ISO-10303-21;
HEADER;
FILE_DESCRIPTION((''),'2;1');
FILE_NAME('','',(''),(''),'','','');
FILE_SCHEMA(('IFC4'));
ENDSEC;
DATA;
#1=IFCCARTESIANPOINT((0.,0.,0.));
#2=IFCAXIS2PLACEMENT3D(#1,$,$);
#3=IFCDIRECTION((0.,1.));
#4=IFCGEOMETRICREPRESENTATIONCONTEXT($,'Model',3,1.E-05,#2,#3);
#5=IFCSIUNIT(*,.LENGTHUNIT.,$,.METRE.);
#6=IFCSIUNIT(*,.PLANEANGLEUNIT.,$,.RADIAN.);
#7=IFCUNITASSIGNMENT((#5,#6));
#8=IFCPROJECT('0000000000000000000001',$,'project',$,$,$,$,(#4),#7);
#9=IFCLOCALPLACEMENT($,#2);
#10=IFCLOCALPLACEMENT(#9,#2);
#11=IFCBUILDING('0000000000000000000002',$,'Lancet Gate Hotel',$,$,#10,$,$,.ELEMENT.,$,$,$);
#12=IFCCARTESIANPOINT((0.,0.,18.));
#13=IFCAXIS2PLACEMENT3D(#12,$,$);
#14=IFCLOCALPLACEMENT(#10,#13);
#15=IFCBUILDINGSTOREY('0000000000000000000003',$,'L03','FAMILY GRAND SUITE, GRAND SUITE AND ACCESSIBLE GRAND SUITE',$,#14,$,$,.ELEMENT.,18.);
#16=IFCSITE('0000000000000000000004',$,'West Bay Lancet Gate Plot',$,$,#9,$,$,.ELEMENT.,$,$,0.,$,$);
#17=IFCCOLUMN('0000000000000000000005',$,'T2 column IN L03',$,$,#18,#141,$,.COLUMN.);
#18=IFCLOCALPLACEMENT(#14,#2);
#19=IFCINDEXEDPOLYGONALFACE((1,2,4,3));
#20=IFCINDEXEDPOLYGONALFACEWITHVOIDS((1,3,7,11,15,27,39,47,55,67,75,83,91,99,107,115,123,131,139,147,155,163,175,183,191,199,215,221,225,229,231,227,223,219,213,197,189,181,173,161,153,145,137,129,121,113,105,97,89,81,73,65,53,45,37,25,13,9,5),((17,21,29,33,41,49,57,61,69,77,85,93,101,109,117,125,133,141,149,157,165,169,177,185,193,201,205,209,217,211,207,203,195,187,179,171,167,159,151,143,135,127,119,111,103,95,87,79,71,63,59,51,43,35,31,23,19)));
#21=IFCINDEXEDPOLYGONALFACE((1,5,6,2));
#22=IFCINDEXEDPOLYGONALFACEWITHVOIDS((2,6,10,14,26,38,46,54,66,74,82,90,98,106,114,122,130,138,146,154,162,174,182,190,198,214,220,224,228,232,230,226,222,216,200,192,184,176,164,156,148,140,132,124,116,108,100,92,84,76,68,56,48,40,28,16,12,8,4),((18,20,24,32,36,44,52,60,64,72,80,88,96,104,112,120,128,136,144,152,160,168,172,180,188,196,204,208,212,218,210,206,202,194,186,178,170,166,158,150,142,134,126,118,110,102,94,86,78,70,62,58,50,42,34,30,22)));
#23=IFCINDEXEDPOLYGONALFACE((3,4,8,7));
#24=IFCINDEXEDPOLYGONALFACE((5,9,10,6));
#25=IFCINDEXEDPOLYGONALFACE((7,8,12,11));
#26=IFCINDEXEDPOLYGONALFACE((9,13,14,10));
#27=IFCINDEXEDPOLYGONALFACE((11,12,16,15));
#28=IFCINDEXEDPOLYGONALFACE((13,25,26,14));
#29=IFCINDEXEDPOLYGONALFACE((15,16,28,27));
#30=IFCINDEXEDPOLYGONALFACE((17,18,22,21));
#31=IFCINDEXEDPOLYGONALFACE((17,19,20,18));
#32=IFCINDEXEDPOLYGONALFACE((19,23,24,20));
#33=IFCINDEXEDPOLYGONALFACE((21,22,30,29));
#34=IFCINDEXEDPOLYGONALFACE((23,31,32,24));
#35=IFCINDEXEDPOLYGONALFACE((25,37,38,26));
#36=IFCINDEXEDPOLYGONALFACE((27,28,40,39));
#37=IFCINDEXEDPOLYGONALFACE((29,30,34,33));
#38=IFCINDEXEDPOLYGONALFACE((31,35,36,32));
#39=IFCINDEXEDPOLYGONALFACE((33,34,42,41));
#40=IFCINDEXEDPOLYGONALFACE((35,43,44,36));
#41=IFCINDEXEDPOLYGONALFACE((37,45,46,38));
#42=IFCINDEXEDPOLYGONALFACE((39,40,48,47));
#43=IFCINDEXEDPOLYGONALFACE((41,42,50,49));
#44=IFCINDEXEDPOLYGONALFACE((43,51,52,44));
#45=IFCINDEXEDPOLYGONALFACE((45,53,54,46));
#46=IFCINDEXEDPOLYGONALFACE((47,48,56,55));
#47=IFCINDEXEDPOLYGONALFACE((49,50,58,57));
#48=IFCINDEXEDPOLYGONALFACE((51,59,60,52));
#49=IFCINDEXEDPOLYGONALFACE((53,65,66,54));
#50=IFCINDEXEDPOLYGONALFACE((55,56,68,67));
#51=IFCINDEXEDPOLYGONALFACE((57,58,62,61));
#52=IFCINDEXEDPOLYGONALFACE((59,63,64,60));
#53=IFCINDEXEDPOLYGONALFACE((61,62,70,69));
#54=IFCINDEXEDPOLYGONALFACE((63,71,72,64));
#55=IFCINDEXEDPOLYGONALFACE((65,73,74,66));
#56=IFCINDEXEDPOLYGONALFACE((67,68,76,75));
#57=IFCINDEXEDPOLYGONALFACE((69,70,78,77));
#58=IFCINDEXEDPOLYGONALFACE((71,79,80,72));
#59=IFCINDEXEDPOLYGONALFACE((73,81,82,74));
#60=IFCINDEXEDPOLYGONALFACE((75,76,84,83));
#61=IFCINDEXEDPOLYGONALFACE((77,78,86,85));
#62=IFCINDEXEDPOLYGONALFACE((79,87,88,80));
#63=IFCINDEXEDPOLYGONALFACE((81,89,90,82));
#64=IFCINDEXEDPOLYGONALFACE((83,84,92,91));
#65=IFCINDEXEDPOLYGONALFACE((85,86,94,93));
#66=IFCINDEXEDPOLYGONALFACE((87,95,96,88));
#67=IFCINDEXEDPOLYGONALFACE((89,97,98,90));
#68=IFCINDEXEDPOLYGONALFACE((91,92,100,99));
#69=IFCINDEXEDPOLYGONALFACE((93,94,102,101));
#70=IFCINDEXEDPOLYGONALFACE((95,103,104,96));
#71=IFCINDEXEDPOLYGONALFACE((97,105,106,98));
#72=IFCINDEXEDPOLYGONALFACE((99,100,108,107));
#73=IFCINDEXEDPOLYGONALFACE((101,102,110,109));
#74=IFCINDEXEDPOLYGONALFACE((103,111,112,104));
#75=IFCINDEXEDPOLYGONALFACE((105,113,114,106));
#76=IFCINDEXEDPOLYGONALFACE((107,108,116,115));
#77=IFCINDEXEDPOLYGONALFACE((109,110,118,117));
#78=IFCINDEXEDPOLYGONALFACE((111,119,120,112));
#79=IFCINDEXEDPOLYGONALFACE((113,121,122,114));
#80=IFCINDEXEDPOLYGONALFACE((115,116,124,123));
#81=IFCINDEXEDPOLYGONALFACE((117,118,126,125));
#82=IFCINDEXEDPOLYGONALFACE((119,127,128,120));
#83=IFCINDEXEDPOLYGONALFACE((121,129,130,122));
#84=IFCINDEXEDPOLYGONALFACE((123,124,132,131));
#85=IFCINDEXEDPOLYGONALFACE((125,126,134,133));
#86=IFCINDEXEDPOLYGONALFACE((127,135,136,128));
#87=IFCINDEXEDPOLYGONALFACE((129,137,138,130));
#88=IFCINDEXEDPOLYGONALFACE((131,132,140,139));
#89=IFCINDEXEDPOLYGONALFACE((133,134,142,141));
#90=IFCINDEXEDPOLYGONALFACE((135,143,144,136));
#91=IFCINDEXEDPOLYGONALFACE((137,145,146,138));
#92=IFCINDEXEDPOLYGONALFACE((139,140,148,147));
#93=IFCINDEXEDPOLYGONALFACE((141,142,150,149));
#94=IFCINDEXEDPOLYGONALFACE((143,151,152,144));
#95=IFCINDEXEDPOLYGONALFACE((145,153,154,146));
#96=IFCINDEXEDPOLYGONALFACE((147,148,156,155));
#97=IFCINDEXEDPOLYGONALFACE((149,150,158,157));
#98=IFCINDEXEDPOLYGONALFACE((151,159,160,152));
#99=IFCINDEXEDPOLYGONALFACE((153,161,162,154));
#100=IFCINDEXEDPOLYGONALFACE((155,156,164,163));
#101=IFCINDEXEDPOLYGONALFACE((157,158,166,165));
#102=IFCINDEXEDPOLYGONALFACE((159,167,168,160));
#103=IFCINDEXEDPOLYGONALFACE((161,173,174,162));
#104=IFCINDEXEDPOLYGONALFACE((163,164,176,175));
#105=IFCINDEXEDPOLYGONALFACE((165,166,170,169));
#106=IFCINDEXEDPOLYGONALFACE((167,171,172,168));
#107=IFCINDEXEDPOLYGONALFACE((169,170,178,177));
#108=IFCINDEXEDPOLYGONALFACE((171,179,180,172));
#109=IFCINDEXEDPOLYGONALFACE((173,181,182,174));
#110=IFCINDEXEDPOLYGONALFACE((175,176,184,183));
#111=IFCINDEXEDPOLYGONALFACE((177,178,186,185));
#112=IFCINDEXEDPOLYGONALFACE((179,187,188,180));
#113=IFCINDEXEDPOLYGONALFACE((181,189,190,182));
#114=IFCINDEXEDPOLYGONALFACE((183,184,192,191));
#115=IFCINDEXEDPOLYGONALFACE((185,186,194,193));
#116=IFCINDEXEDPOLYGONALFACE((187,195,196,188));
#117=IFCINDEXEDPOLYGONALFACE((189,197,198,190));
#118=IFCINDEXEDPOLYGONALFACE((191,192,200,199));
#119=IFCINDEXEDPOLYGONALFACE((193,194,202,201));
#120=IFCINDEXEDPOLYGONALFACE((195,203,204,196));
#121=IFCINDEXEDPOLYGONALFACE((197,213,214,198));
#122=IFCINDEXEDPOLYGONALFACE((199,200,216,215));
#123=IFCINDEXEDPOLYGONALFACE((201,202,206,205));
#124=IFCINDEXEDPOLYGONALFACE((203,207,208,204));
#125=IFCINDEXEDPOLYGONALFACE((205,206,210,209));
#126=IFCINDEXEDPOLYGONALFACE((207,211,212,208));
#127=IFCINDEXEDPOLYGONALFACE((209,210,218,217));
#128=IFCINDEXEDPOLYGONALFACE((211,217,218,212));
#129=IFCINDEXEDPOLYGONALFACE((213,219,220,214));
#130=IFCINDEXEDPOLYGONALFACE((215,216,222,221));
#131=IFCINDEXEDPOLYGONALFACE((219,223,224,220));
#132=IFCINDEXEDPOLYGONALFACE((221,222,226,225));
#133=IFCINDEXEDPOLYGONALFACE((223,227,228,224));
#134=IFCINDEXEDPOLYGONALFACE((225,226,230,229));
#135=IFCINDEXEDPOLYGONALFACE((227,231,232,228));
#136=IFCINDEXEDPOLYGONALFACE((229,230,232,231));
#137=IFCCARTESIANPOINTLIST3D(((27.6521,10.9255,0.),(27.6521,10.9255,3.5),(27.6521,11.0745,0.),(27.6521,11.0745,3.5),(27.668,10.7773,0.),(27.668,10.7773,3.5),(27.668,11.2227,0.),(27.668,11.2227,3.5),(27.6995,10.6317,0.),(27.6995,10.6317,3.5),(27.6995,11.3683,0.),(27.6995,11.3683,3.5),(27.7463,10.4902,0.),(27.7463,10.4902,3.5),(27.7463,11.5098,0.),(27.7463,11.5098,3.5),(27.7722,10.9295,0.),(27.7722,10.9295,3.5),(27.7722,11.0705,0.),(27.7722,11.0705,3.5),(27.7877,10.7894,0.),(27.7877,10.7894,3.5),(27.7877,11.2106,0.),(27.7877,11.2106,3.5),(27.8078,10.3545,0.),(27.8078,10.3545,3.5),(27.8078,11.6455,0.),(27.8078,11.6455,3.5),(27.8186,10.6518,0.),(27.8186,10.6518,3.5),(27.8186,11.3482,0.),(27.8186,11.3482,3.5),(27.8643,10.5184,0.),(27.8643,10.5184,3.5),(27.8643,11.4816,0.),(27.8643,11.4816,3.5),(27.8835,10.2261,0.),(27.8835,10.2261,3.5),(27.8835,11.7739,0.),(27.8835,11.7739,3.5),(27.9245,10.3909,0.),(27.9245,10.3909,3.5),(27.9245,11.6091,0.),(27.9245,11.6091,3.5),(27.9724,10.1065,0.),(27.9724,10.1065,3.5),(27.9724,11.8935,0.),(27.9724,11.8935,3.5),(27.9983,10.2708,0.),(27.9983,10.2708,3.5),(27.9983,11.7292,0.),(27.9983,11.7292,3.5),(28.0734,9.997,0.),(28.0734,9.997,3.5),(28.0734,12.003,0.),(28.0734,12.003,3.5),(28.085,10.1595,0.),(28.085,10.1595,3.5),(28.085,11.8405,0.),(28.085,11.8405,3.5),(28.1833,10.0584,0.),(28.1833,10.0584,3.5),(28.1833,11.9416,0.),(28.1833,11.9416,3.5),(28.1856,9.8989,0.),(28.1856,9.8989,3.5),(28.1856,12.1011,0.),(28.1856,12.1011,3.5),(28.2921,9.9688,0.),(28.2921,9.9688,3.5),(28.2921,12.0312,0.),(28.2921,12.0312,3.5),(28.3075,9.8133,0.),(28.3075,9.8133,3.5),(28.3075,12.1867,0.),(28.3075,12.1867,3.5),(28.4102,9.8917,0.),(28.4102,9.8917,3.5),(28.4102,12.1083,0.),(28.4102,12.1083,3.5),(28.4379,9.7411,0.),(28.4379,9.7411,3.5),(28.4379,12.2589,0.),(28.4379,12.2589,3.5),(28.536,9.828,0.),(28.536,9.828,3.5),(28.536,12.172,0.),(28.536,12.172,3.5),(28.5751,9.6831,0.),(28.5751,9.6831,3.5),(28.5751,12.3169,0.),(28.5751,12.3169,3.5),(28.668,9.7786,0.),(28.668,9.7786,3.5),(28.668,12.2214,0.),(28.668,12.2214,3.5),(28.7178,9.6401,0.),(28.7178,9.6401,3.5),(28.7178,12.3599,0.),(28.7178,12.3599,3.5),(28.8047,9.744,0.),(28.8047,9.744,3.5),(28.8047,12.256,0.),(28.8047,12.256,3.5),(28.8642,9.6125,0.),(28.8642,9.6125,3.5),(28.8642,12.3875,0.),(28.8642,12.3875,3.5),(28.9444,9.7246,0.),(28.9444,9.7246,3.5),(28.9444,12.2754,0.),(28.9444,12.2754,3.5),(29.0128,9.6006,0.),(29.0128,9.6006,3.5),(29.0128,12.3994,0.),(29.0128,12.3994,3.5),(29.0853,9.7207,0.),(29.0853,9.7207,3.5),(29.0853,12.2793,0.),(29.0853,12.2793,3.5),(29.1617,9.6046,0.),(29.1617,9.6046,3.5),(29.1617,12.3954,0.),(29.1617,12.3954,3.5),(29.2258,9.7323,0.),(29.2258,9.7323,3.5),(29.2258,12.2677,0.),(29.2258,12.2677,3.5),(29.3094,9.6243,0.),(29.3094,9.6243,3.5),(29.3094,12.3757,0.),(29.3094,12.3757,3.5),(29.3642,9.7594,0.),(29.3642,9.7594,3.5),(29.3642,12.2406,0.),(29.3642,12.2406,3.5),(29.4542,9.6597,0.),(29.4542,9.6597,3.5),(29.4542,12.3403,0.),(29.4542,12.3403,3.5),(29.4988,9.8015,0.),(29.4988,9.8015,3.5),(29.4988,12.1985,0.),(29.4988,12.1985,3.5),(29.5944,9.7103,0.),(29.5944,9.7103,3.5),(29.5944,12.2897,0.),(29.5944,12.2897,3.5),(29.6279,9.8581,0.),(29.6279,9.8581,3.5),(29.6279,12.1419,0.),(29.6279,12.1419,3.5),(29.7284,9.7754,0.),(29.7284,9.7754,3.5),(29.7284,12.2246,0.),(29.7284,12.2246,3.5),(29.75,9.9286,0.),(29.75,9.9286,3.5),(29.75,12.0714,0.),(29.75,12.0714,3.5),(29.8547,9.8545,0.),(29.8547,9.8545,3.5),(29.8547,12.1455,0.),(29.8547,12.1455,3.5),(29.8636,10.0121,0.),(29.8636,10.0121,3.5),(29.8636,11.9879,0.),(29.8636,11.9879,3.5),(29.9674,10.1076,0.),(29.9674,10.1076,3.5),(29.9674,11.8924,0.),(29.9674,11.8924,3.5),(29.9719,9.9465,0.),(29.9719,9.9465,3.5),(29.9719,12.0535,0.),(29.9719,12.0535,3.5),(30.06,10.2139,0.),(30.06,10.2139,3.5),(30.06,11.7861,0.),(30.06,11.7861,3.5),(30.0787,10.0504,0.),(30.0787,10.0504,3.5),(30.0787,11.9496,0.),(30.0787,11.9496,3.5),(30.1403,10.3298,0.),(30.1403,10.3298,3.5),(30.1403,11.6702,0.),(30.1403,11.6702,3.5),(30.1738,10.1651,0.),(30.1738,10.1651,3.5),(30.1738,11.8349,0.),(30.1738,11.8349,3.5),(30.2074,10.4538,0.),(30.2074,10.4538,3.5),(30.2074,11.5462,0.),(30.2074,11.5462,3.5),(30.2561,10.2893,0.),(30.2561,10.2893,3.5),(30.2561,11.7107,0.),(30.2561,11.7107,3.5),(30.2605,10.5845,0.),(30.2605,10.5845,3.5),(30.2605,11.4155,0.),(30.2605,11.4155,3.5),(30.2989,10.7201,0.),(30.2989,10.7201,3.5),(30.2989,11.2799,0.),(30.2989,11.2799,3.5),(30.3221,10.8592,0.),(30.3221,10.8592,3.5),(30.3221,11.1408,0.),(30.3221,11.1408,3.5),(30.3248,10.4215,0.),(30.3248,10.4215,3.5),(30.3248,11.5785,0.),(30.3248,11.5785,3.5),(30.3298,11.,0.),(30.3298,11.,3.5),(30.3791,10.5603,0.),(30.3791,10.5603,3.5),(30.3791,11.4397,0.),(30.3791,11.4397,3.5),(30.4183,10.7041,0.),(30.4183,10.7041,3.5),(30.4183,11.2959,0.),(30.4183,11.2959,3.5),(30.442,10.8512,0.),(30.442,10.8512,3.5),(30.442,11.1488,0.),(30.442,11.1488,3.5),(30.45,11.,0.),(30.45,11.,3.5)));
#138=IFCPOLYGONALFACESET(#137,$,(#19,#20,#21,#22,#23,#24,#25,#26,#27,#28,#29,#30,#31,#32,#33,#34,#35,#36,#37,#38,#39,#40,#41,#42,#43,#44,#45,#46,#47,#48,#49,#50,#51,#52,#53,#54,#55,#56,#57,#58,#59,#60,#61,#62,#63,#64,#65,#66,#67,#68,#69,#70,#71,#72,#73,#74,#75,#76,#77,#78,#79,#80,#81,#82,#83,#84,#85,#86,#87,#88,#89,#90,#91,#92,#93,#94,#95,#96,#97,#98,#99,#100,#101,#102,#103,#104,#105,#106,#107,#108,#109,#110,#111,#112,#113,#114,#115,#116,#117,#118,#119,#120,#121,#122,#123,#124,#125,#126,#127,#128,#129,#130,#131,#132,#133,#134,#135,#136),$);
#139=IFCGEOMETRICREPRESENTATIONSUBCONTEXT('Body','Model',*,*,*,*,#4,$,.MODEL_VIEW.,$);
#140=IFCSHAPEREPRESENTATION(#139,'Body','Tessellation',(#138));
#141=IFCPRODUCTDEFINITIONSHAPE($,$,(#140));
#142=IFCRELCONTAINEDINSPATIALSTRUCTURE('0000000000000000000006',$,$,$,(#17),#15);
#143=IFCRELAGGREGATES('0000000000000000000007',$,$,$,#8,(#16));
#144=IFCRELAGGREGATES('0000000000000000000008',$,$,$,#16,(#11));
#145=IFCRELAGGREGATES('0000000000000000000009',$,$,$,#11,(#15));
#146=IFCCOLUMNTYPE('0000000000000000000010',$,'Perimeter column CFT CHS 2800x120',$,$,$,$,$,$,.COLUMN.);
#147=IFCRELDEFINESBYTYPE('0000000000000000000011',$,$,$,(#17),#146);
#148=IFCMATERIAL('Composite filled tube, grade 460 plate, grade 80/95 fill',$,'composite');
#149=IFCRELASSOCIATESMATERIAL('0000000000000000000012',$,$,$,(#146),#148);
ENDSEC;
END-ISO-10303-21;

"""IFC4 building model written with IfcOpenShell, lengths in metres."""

from ifc_helpers import new_model, si_unit, direction, frame, origin, origin_2d, place, context, subcontext, project, spatial, hollow_circle, extrude, material, material_profile, profile_set, type_object, element, save


model = new_model("IFC4")

# Units and contexts
model_context = context("Model", 3, precision=1e-05, world=origin(), true_north=direction((0.0, 1.0)))
body_context = subcontext(model_context, "Body", "Model", "MODEL_VIEW")
ifc_project = project(units=[si_unit("LENGTHUNIT", "METRE"), si_unit("PLANEANGLEUNIT", "RADIAN")], contexts=[model_context])

# Site, building, storey
site_placement = place(None, origin())
site = spatial("IfcSite", under=ifc_project, at=site_placement, Name="West Bay Lancet Gate Plot", CompositionType="ELEMENT", RefElevation=0.0)
building_placement = place(site_placement, origin())
building = spatial("IfcBuilding", under=site, at=building_placement, Name="Lancet Gate Hotel", CompositionType="ELEMENT")
storey_placement = place(building_placement, frame((0.0, 0.0, 18.0)))
storey = spatial("IfcBuildingStorey", under=building, at=storey_placement, Name="L03", Description="FAMILY GRAND SUITE, GRAND SUITE AND ACCESSIBLE GRAND SUITE", CompositionType="ELEMENT", Elevation=18.0)

# Column
ifc_material_1 = material(Name="Composite filled tube, grade 460 plate, grade 80/95 fill", Category="composite")
ifc_material_profile_1 = material_profile(ifc_material_1, hollow_circle(Radius=1.3999, WallThickness=0.1201, at=origin_2d()), Name="CHS 2800x120")
ifc_profile_set_1 = profile_set([ifc_material_profile_1], Name="Composite filled tube, grade 460 plate, grade 80/95 fill")
column_type = type_object("IfcColumnType", Name="Perimeter column CFT CHS 2800x120", PredefinedType="COLUMN", material=ifc_profile_set_1)
for number, where, z_axis, x_axis, name in (
    (1, (29.05, 11.0, 0.0), (0.0, 0.0, 1.0), (1.0, 0.0, 0.0), "T2 column IN L03"),
):
    element("IfcColumn", number, at=place(storey_placement, frame(where, z_axis=z_axis, x_axis=x_axis)), inside=storey, type_object=column_type, Name=name, PredefinedType="COLUMN", context=body_context, shape_type="SweptSolid", body=[
        extrude(hollow_circle(Radius=1.3999, WallThickness=0.1201, at=origin_2d()), origin(), (0.0, 0.0, 1.0), 3.5),
    ])

save(model, "model.ifc")
